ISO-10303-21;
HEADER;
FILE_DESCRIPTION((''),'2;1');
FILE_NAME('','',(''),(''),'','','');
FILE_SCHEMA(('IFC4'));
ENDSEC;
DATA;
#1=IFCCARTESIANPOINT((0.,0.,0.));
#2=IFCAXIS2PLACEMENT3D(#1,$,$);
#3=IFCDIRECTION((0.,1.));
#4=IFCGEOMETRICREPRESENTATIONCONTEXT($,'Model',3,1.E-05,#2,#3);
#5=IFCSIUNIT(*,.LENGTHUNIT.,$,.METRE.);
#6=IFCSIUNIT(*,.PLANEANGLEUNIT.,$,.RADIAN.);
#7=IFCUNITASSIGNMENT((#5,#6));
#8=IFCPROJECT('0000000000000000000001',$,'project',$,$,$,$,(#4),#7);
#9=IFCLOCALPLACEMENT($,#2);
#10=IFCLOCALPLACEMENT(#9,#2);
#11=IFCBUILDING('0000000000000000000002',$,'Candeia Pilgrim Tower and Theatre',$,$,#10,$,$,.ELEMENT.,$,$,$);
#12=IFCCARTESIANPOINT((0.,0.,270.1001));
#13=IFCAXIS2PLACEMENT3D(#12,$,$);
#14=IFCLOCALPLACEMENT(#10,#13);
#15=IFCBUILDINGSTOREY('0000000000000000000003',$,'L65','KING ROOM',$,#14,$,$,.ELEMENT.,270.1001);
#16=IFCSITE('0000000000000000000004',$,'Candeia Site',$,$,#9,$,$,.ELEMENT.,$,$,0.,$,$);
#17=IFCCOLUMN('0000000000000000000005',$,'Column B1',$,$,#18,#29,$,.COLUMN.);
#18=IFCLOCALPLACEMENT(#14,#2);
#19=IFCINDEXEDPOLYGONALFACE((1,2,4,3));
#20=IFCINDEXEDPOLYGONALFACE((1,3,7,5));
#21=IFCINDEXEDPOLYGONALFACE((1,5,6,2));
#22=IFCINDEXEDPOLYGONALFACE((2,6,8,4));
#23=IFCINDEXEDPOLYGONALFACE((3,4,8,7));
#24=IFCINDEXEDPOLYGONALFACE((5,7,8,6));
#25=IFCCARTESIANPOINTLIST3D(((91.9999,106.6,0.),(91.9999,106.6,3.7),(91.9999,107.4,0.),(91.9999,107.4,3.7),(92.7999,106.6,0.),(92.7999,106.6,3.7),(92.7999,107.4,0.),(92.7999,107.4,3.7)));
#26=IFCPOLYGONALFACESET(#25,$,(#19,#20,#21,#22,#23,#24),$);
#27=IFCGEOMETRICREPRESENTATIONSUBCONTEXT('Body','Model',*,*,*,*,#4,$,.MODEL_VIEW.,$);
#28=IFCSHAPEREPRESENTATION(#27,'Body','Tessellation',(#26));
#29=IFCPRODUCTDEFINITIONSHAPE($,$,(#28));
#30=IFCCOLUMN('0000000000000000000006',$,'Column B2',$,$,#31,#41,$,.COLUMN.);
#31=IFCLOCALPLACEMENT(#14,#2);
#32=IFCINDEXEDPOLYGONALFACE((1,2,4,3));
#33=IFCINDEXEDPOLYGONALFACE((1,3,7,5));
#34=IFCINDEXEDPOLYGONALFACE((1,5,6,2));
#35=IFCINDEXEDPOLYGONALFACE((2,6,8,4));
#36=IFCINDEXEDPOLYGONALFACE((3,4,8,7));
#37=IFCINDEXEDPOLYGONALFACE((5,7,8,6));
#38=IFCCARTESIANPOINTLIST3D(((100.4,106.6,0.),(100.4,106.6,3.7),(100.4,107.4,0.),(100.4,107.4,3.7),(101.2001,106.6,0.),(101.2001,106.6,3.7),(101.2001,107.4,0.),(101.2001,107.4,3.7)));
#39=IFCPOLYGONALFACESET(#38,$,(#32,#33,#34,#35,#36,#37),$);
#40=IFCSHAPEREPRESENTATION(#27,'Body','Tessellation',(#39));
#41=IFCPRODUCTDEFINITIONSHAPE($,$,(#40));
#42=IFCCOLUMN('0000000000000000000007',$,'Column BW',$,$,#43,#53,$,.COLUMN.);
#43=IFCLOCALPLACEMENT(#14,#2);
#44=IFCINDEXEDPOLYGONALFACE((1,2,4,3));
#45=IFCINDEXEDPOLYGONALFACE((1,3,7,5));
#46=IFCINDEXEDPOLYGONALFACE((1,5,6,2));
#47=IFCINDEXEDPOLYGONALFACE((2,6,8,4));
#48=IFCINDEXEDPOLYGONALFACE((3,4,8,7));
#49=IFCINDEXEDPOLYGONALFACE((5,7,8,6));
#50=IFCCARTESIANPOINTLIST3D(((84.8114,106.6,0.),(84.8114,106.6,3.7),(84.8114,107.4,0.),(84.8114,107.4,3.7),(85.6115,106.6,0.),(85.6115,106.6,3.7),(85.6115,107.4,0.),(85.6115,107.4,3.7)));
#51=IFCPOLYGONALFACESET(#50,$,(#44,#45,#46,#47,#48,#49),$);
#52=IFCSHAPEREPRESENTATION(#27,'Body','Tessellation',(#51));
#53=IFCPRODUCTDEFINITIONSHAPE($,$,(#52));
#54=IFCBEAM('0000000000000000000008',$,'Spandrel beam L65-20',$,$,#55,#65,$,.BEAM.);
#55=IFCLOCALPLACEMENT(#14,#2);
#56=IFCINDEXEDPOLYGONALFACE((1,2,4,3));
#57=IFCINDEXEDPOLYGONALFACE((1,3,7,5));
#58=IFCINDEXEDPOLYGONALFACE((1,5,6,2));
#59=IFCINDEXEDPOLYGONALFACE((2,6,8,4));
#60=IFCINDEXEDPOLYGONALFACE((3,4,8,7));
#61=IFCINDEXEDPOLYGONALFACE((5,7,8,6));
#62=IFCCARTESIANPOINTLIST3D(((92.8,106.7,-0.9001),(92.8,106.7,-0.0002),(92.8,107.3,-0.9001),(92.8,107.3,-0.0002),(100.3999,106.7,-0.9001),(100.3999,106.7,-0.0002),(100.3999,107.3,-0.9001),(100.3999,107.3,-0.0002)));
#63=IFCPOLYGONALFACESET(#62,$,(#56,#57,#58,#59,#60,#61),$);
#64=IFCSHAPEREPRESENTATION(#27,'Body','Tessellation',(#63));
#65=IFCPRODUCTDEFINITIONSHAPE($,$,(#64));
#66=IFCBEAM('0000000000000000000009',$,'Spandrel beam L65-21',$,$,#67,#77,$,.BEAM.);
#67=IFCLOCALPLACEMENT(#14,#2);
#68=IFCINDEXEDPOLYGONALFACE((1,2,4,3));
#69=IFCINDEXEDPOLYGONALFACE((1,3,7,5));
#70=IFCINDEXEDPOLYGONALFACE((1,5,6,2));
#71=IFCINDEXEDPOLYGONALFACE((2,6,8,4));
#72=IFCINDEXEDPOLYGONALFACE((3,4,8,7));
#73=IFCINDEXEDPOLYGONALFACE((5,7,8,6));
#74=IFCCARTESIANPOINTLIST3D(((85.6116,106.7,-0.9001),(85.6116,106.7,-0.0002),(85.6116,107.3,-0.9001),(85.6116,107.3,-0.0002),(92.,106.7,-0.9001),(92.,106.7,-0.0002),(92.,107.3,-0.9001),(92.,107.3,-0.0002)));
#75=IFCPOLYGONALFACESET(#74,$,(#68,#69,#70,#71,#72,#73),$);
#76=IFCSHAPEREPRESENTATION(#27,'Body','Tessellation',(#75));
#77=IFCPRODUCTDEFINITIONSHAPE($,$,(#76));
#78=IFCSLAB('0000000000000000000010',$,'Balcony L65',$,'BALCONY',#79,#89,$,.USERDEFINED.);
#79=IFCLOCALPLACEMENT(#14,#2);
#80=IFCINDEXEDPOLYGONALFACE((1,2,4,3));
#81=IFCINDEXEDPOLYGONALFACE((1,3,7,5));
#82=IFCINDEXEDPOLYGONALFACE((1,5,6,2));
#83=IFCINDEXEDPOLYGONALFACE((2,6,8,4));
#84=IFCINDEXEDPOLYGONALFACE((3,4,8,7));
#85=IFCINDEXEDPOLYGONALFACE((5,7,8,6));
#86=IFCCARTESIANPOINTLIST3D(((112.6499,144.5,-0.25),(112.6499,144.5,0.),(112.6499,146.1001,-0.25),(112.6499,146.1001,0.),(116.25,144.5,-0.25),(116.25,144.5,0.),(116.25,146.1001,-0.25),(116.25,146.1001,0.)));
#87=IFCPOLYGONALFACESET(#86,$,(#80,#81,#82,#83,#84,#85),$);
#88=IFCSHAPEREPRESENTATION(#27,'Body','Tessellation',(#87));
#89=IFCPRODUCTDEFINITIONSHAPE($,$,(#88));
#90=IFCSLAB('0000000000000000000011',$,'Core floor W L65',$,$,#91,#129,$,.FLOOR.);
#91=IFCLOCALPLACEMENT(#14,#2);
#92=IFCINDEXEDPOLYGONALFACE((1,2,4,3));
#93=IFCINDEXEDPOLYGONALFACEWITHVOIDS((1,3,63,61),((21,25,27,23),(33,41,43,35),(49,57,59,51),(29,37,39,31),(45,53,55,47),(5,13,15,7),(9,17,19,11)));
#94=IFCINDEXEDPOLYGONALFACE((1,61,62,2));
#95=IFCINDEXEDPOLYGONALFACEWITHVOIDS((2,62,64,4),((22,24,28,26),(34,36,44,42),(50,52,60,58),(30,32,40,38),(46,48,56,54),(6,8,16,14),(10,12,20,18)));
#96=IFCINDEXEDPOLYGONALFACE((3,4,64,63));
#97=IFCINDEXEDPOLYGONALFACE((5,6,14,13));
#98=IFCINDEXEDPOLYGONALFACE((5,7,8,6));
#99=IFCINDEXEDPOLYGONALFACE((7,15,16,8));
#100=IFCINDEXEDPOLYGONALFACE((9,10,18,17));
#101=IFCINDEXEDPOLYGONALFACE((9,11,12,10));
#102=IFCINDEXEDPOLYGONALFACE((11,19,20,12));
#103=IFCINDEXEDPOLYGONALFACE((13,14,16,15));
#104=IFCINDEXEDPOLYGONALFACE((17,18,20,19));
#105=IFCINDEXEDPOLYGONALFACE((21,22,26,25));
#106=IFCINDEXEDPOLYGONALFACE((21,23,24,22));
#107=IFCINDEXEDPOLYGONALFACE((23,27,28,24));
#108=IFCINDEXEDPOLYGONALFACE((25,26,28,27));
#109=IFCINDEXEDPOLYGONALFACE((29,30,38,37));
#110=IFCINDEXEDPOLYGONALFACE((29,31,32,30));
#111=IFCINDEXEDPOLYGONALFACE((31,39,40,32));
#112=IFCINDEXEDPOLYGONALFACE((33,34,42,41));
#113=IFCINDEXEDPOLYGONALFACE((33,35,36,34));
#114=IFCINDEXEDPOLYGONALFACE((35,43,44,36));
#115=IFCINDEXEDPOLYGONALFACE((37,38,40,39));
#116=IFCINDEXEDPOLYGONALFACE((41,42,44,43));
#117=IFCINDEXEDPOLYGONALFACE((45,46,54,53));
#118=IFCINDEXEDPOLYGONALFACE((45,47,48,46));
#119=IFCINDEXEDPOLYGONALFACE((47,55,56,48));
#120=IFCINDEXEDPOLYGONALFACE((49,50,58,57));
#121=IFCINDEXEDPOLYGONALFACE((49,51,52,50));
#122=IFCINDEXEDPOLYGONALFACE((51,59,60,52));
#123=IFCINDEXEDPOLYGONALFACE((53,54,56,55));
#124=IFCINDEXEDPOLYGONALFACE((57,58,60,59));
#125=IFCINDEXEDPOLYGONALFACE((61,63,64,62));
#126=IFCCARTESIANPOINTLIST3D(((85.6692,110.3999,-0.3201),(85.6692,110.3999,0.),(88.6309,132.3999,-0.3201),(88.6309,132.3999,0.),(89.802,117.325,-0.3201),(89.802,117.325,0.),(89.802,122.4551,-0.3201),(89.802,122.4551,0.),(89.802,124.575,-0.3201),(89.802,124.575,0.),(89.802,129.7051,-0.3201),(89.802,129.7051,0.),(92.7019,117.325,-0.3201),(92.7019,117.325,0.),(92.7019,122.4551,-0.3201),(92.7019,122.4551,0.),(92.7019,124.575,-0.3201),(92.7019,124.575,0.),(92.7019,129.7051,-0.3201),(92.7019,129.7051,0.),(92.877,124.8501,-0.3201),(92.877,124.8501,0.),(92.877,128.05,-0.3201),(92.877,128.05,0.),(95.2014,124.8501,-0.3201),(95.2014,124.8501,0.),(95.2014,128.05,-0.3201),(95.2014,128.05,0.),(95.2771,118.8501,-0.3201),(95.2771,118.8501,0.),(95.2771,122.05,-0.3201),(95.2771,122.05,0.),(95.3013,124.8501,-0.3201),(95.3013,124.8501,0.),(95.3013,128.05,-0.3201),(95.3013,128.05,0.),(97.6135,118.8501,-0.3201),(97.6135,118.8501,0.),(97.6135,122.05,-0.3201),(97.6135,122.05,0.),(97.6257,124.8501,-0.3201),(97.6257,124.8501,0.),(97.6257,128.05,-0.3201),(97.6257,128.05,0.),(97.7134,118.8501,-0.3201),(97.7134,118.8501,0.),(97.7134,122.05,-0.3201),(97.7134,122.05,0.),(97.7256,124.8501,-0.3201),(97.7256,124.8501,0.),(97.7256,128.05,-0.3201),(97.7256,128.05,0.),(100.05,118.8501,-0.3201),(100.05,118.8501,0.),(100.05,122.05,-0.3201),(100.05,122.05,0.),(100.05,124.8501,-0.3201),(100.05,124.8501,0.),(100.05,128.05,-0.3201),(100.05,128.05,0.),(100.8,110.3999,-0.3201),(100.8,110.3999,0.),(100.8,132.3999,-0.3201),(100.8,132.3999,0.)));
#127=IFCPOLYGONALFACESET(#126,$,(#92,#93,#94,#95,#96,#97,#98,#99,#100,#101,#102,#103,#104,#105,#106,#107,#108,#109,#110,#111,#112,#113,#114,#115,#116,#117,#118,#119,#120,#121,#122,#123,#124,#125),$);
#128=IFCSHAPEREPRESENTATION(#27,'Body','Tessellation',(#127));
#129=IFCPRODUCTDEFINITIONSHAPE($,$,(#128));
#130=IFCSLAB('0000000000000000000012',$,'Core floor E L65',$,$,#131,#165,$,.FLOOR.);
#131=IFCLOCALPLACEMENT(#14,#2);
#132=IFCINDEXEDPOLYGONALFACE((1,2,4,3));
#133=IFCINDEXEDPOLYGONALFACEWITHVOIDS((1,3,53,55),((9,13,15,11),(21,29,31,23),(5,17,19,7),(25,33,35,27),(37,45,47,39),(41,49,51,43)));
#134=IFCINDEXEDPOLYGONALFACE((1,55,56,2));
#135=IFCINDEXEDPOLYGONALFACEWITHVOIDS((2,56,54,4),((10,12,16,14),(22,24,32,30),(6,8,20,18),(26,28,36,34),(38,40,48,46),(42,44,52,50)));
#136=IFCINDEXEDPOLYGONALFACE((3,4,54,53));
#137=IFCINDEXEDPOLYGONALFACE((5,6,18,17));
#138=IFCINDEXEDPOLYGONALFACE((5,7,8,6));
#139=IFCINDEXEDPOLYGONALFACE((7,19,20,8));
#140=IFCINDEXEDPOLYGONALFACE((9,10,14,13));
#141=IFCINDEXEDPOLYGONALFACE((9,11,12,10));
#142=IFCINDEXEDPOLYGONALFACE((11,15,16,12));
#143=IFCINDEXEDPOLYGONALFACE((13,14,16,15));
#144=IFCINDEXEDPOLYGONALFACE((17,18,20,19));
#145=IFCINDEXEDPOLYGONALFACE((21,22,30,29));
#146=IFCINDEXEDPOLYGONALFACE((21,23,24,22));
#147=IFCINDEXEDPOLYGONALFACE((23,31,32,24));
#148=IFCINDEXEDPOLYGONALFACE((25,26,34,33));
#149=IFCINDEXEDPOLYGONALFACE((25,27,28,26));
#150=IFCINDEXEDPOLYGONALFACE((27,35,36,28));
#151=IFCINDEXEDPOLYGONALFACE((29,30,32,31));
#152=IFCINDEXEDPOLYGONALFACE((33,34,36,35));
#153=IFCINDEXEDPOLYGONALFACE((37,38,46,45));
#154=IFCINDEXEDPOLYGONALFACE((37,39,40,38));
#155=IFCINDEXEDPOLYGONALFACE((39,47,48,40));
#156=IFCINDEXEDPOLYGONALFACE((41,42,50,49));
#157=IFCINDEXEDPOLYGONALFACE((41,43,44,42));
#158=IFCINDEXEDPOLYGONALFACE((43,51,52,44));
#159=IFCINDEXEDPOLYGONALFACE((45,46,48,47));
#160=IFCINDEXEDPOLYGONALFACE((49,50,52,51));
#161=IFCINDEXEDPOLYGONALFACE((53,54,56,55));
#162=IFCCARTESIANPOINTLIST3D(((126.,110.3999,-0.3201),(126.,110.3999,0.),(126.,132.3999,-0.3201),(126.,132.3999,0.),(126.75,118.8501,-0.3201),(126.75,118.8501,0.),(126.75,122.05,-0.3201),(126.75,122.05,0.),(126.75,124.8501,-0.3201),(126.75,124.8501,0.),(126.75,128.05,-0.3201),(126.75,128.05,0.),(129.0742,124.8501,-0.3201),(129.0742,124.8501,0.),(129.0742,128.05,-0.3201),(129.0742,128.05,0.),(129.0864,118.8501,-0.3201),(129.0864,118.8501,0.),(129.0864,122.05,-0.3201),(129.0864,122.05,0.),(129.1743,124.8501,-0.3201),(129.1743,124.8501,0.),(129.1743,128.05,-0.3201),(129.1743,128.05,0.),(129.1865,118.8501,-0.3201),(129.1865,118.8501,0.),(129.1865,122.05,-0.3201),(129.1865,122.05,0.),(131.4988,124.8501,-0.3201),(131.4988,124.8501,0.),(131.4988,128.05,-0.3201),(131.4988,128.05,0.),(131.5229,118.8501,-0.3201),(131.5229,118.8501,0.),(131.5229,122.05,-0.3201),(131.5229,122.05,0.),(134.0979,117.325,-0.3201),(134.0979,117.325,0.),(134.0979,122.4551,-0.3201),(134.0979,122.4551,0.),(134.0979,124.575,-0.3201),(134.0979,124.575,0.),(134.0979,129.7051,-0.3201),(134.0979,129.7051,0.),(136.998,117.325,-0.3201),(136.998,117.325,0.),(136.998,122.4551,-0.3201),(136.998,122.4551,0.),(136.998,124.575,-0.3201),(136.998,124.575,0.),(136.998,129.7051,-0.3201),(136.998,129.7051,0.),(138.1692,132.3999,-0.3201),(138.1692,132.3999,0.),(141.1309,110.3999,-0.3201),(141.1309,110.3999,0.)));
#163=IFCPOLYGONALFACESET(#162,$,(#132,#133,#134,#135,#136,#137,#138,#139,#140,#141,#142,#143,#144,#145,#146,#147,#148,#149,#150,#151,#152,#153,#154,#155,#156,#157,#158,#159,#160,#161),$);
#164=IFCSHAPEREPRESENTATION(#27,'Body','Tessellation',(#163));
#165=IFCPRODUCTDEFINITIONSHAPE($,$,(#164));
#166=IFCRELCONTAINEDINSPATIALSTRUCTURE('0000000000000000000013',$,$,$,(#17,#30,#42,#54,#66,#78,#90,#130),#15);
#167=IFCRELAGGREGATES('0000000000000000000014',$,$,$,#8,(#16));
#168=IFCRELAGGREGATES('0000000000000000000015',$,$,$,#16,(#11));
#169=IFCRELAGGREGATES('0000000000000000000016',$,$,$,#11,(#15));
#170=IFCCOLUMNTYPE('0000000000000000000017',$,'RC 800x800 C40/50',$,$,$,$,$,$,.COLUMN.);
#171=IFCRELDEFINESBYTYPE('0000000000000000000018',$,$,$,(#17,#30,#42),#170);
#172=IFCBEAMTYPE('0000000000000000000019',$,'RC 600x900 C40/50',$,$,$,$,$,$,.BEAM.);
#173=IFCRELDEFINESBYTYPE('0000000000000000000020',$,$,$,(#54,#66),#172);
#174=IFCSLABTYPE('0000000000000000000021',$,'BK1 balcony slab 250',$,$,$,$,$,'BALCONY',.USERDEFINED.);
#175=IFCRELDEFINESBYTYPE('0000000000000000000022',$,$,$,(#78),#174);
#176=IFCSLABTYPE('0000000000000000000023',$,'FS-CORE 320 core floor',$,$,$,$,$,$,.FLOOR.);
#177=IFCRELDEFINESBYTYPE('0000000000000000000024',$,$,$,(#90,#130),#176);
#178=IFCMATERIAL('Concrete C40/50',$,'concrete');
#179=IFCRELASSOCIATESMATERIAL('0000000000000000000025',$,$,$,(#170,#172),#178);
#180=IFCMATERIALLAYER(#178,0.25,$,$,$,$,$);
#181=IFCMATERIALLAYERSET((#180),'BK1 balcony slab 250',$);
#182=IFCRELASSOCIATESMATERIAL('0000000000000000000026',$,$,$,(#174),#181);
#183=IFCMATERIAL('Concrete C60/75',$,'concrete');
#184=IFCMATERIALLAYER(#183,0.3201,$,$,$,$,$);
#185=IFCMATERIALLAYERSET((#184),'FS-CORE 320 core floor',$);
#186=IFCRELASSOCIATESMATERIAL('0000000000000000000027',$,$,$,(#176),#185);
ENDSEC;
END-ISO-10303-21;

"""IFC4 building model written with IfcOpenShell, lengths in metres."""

from ifc_helpers import new_model, si_unit, direction, frame, origin, origin_2d, place, context, subcontext, project, spatial, polyline, rectangle, outline, extrude, material, layer, layer_set, material_profile, profile_set, type_object, element, save


model = new_model("IFC4")

# Units and contexts
model_context = context("Model", 3, precision=1e-05, world=origin(), true_north=direction((0.0, 1.0)))
body_context = subcontext(model_context, "Body", "Model", "MODEL_VIEW")
ifc_project = project(units=[si_unit("LENGTHUNIT", "METRE"), si_unit("PLANEANGLEUNIT", "RADIAN")], contexts=[model_context])

# Site, building, storey
site_placement = place(None, origin())
site = spatial("IfcSite", under=ifc_project, at=site_placement, Name="Candeia Site", CompositionType="ELEMENT", RefElevation=0.0)
building_placement = place(site_placement, origin())
building = spatial("IfcBuilding", under=site, at=building_placement, Name="Candeia Pilgrim Tower and Theatre", CompositionType="ELEMENT")
storey_placement = place(building_placement, frame((0.0, 0.0, 270.1001)))
storey = spatial("IfcBuildingStorey", under=building, at=storey_placement, Name="L65", Description="KING ROOM", CompositionType="ELEMENT", Elevation=270.1001)

# Columns
ifc_material_1 = material(Name="Concrete C40/50", Category="concrete")
ifc_material_profile_1 = material_profile(ifc_material_1, rectangle(XDim=0.8, YDim=0.8, at=origin_2d()))
ifc_profile_set_1 = profile_set([ifc_material_profile_1], Name="Concrete C40/50")
column_type = type_object("IfcColumnType", Name="RC 800x800 C40/50", PredefinedType="COLUMN", material=ifc_profile_set_1)
for number, where, z_axis, x_axis, name in (
    (1, (92.3999, 107.0, 0.0), (0.0, 0.0, 1.0), (1.0, 0.0, 0.0), "Column B1"),
    (2, (100.8, 107.0, 0.0), (0.0, 0.0, 1.0), (1.0, 0.0, 0.0), "Column B2"),
    (3, (85.2114, 107.0, 0.0), (0.0, 0.0, 1.0), (1.0, 0.0, 0.0), "Column BW"),
):
    element("IfcColumn", number, at=place(storey_placement, frame(where, z_axis=z_axis, x_axis=x_axis)), inside=storey, type_object=column_type, Name=name, PredefinedType="COLUMN", context=body_context, shape_type="SweptSolid", body=[
        extrude(rectangle(XDim=0.8, YDim=0.8, at=origin_2d()), origin(), (0.0, 0.0, 1.0), 3.7),
    ])

# Beams
ifc_material_profile_2 = material_profile(ifc_material_1, rectangle(XDim=0.6001, YDim=0.8999, at=origin_2d()))
ifc_profile_set_2 = profile_set([ifc_material_profile_2], Name="Concrete C40/50")
beam_type = type_object("IfcBeamType", Name="RC 600x900 C40/50", PredefinedType="BEAM", material=ifc_profile_set_2)
beam_1_placement = place(storey_placement, frame((100.3999, 107.0, -0.4502), z_axis=(-1.0, 0.0, 0.0), x_axis=(0.0, -1.0, 0.0)))
element("IfcBeam", 4, at=beam_1_placement, inside=storey, type_object=beam_type, Name="Spandrel beam L65-20", PredefinedType="BEAM", context=body_context, shape_type="SweptSolid", body=[
    extrude(rectangle(XDim=0.6001, YDim=0.8999, at=origin_2d()), origin(), (0.0, 0.0, 1.0), 7.5999),
])
beam_2_placement = place(storey_placement, frame((92.0, 107.0, -0.4502), z_axis=(-1.0, 0.0, 0.0), x_axis=(0.0, -1.0, 0.0)))
element("IfcBeam", 5, at=beam_2_placement, inside=storey, type_object=beam_type, Name="Spandrel beam L65-21", PredefinedType="BEAM", context=body_context, shape_type="SweptSolid", body=[
    extrude(rectangle(XDim=0.6001, YDim=0.8999, at=origin_2d()), origin(), (0.0, 0.0, 1.0), 6.3884),
])

# Slabs
ifc_layer_1 = layer(ifc_material_1, 0.25)
ifc_layer_set_1 = layer_set([ifc_layer_1], Name="BK1 balcony slab 250")
slab_type_1 = type_object("IfcSlabType", Name="BK1 balcony slab 250", ElementType="BALCONY", PredefinedType="USERDEFINED", material=ifc_layer_set_1)
slab_1_placement = place(storey_placement, frame((0.0, 0.0, -0.25)))
element("IfcSlab", 6, at=slab_1_placement, inside=storey, type_object=slab_type_1, Name="Balcony L65", ObjectType="BALCONY", PredefinedType="USERDEFINED", context=body_context, shape_type="SweptSolid", body=[
    extrude(outline(polyline([(112.6499, 144.5), (116.25, 144.5), (116.25, 146.1001), (112.6499, 146.1001), (112.6499, 144.5)])), origin(), (0.0, 0.0, 1.0), 0.25),
])
ifc_material_2 = material(Name="Concrete C60/75", Category="concrete")
ifc_layer_2 = layer(ifc_material_2, 0.3201)
ifc_layer_set_2 = layer_set([ifc_layer_2], Name="FS-CORE 320 core floor")
slab_type_2 = type_object("IfcSlabType", Name="FS-CORE 320 core floor", PredefinedType="FLOOR", material=ifc_layer_set_2)
slab_2_placement = place(storey_placement, frame((0.0, 0.0, -0.3201)))
element("IfcSlab", 7, at=slab_2_placement, inside=storey, type_object=slab_type_2, Name="Core floor W L65", PredefinedType="FLOOR", context=body_context, shape_type="SweptSolid", body=[
    extrude(outline(polyline([(100.8, 132.3999), (100.8, 110.3999), (85.6692, 110.3999), (88.6309, 132.3999), (100.8, 132.3999)]), holes=[polyline([(97.7134, 122.05), (97.7134, 118.8501), (100.05, 118.8501), (100.05, 122.05), (97.7134, 122.05)]), polyline([(97.7256, 128.05), (97.7256, 124.8501), (100.05, 124.8501), (100.05, 128.05), (97.7256, 128.05)]), polyline([(95.3013, 128.05), (95.3013, 124.8501), (97.6257, 124.8501), (97.6257, 128.05), (95.3013, 128.05)]), polyline([(95.2771, 122.05), (95.2771, 118.8501), (97.6135, 118.8501), (97.6135, 122.05), (95.2771, 122.05)]), polyline([(92.877, 128.05), (92.877, 124.8501), (95.2014, 124.8501), (95.2014, 128.05), (92.877, 128.05)]), polyline([(89.802, 117.325), (92.7019, 117.325), (92.7019, 122.4551), (89.802, 122.4551), (89.802, 117.325)]), polyline([(89.802, 129.7051), (89.802, 124.575), (92.7019, 124.575), (92.7019, 129.7051), (89.802, 129.7051)])]), origin(), (0.0, 0.0, 1.0), 0.3201),
])
slab_3_placement = place(storey_placement, frame((0.0, 0.0, -0.3201)))
element("IfcSlab", 8, at=slab_3_placement, inside=storey, type_object=slab_type_2, Name="Core floor E L65", PredefinedType="FLOOR", context=body_context, shape_type="SweptSolid", body=[
    extrude(outline(polyline([(138.1692, 132.3999), (141.1309, 110.3999), (126.0, 110.3999), (126.0, 132.3999), (138.1692, 132.3999)]), holes=[polyline([(134.0979, 117.325), (136.998, 117.325), (136.998, 122.4551), (134.0979, 122.4551), (134.0979, 117.325)]), polyline([(134.0979, 129.7051), (134.0979, 124.575), (136.998, 124.575), (136.998, 129.7051), (134.0979, 129.7051)]), polyline([(131.5229, 122.05), (129.1865, 122.05), (129.1865, 118.8501), (131.5229, 118.8501), (131.5229, 122.05)]), polyline([(131.4988, 128.05), (129.1743, 128.05), (129.1743, 124.8501), (131.4988, 124.8501), (131.4988, 128.05)]), polyline([(129.0864, 122.05), (126.75, 122.05), (126.75, 118.8501), (129.0864, 118.8501), (129.0864, 122.05)]), polyline([(126.75, 128.05), (126.75, 124.8501), (129.0742, 124.8501), (129.0742, 128.05), (126.75, 128.05)])]), origin(), (0.0, 0.0, 1.0), 0.3201),
])

save(model, "model.ifc")
